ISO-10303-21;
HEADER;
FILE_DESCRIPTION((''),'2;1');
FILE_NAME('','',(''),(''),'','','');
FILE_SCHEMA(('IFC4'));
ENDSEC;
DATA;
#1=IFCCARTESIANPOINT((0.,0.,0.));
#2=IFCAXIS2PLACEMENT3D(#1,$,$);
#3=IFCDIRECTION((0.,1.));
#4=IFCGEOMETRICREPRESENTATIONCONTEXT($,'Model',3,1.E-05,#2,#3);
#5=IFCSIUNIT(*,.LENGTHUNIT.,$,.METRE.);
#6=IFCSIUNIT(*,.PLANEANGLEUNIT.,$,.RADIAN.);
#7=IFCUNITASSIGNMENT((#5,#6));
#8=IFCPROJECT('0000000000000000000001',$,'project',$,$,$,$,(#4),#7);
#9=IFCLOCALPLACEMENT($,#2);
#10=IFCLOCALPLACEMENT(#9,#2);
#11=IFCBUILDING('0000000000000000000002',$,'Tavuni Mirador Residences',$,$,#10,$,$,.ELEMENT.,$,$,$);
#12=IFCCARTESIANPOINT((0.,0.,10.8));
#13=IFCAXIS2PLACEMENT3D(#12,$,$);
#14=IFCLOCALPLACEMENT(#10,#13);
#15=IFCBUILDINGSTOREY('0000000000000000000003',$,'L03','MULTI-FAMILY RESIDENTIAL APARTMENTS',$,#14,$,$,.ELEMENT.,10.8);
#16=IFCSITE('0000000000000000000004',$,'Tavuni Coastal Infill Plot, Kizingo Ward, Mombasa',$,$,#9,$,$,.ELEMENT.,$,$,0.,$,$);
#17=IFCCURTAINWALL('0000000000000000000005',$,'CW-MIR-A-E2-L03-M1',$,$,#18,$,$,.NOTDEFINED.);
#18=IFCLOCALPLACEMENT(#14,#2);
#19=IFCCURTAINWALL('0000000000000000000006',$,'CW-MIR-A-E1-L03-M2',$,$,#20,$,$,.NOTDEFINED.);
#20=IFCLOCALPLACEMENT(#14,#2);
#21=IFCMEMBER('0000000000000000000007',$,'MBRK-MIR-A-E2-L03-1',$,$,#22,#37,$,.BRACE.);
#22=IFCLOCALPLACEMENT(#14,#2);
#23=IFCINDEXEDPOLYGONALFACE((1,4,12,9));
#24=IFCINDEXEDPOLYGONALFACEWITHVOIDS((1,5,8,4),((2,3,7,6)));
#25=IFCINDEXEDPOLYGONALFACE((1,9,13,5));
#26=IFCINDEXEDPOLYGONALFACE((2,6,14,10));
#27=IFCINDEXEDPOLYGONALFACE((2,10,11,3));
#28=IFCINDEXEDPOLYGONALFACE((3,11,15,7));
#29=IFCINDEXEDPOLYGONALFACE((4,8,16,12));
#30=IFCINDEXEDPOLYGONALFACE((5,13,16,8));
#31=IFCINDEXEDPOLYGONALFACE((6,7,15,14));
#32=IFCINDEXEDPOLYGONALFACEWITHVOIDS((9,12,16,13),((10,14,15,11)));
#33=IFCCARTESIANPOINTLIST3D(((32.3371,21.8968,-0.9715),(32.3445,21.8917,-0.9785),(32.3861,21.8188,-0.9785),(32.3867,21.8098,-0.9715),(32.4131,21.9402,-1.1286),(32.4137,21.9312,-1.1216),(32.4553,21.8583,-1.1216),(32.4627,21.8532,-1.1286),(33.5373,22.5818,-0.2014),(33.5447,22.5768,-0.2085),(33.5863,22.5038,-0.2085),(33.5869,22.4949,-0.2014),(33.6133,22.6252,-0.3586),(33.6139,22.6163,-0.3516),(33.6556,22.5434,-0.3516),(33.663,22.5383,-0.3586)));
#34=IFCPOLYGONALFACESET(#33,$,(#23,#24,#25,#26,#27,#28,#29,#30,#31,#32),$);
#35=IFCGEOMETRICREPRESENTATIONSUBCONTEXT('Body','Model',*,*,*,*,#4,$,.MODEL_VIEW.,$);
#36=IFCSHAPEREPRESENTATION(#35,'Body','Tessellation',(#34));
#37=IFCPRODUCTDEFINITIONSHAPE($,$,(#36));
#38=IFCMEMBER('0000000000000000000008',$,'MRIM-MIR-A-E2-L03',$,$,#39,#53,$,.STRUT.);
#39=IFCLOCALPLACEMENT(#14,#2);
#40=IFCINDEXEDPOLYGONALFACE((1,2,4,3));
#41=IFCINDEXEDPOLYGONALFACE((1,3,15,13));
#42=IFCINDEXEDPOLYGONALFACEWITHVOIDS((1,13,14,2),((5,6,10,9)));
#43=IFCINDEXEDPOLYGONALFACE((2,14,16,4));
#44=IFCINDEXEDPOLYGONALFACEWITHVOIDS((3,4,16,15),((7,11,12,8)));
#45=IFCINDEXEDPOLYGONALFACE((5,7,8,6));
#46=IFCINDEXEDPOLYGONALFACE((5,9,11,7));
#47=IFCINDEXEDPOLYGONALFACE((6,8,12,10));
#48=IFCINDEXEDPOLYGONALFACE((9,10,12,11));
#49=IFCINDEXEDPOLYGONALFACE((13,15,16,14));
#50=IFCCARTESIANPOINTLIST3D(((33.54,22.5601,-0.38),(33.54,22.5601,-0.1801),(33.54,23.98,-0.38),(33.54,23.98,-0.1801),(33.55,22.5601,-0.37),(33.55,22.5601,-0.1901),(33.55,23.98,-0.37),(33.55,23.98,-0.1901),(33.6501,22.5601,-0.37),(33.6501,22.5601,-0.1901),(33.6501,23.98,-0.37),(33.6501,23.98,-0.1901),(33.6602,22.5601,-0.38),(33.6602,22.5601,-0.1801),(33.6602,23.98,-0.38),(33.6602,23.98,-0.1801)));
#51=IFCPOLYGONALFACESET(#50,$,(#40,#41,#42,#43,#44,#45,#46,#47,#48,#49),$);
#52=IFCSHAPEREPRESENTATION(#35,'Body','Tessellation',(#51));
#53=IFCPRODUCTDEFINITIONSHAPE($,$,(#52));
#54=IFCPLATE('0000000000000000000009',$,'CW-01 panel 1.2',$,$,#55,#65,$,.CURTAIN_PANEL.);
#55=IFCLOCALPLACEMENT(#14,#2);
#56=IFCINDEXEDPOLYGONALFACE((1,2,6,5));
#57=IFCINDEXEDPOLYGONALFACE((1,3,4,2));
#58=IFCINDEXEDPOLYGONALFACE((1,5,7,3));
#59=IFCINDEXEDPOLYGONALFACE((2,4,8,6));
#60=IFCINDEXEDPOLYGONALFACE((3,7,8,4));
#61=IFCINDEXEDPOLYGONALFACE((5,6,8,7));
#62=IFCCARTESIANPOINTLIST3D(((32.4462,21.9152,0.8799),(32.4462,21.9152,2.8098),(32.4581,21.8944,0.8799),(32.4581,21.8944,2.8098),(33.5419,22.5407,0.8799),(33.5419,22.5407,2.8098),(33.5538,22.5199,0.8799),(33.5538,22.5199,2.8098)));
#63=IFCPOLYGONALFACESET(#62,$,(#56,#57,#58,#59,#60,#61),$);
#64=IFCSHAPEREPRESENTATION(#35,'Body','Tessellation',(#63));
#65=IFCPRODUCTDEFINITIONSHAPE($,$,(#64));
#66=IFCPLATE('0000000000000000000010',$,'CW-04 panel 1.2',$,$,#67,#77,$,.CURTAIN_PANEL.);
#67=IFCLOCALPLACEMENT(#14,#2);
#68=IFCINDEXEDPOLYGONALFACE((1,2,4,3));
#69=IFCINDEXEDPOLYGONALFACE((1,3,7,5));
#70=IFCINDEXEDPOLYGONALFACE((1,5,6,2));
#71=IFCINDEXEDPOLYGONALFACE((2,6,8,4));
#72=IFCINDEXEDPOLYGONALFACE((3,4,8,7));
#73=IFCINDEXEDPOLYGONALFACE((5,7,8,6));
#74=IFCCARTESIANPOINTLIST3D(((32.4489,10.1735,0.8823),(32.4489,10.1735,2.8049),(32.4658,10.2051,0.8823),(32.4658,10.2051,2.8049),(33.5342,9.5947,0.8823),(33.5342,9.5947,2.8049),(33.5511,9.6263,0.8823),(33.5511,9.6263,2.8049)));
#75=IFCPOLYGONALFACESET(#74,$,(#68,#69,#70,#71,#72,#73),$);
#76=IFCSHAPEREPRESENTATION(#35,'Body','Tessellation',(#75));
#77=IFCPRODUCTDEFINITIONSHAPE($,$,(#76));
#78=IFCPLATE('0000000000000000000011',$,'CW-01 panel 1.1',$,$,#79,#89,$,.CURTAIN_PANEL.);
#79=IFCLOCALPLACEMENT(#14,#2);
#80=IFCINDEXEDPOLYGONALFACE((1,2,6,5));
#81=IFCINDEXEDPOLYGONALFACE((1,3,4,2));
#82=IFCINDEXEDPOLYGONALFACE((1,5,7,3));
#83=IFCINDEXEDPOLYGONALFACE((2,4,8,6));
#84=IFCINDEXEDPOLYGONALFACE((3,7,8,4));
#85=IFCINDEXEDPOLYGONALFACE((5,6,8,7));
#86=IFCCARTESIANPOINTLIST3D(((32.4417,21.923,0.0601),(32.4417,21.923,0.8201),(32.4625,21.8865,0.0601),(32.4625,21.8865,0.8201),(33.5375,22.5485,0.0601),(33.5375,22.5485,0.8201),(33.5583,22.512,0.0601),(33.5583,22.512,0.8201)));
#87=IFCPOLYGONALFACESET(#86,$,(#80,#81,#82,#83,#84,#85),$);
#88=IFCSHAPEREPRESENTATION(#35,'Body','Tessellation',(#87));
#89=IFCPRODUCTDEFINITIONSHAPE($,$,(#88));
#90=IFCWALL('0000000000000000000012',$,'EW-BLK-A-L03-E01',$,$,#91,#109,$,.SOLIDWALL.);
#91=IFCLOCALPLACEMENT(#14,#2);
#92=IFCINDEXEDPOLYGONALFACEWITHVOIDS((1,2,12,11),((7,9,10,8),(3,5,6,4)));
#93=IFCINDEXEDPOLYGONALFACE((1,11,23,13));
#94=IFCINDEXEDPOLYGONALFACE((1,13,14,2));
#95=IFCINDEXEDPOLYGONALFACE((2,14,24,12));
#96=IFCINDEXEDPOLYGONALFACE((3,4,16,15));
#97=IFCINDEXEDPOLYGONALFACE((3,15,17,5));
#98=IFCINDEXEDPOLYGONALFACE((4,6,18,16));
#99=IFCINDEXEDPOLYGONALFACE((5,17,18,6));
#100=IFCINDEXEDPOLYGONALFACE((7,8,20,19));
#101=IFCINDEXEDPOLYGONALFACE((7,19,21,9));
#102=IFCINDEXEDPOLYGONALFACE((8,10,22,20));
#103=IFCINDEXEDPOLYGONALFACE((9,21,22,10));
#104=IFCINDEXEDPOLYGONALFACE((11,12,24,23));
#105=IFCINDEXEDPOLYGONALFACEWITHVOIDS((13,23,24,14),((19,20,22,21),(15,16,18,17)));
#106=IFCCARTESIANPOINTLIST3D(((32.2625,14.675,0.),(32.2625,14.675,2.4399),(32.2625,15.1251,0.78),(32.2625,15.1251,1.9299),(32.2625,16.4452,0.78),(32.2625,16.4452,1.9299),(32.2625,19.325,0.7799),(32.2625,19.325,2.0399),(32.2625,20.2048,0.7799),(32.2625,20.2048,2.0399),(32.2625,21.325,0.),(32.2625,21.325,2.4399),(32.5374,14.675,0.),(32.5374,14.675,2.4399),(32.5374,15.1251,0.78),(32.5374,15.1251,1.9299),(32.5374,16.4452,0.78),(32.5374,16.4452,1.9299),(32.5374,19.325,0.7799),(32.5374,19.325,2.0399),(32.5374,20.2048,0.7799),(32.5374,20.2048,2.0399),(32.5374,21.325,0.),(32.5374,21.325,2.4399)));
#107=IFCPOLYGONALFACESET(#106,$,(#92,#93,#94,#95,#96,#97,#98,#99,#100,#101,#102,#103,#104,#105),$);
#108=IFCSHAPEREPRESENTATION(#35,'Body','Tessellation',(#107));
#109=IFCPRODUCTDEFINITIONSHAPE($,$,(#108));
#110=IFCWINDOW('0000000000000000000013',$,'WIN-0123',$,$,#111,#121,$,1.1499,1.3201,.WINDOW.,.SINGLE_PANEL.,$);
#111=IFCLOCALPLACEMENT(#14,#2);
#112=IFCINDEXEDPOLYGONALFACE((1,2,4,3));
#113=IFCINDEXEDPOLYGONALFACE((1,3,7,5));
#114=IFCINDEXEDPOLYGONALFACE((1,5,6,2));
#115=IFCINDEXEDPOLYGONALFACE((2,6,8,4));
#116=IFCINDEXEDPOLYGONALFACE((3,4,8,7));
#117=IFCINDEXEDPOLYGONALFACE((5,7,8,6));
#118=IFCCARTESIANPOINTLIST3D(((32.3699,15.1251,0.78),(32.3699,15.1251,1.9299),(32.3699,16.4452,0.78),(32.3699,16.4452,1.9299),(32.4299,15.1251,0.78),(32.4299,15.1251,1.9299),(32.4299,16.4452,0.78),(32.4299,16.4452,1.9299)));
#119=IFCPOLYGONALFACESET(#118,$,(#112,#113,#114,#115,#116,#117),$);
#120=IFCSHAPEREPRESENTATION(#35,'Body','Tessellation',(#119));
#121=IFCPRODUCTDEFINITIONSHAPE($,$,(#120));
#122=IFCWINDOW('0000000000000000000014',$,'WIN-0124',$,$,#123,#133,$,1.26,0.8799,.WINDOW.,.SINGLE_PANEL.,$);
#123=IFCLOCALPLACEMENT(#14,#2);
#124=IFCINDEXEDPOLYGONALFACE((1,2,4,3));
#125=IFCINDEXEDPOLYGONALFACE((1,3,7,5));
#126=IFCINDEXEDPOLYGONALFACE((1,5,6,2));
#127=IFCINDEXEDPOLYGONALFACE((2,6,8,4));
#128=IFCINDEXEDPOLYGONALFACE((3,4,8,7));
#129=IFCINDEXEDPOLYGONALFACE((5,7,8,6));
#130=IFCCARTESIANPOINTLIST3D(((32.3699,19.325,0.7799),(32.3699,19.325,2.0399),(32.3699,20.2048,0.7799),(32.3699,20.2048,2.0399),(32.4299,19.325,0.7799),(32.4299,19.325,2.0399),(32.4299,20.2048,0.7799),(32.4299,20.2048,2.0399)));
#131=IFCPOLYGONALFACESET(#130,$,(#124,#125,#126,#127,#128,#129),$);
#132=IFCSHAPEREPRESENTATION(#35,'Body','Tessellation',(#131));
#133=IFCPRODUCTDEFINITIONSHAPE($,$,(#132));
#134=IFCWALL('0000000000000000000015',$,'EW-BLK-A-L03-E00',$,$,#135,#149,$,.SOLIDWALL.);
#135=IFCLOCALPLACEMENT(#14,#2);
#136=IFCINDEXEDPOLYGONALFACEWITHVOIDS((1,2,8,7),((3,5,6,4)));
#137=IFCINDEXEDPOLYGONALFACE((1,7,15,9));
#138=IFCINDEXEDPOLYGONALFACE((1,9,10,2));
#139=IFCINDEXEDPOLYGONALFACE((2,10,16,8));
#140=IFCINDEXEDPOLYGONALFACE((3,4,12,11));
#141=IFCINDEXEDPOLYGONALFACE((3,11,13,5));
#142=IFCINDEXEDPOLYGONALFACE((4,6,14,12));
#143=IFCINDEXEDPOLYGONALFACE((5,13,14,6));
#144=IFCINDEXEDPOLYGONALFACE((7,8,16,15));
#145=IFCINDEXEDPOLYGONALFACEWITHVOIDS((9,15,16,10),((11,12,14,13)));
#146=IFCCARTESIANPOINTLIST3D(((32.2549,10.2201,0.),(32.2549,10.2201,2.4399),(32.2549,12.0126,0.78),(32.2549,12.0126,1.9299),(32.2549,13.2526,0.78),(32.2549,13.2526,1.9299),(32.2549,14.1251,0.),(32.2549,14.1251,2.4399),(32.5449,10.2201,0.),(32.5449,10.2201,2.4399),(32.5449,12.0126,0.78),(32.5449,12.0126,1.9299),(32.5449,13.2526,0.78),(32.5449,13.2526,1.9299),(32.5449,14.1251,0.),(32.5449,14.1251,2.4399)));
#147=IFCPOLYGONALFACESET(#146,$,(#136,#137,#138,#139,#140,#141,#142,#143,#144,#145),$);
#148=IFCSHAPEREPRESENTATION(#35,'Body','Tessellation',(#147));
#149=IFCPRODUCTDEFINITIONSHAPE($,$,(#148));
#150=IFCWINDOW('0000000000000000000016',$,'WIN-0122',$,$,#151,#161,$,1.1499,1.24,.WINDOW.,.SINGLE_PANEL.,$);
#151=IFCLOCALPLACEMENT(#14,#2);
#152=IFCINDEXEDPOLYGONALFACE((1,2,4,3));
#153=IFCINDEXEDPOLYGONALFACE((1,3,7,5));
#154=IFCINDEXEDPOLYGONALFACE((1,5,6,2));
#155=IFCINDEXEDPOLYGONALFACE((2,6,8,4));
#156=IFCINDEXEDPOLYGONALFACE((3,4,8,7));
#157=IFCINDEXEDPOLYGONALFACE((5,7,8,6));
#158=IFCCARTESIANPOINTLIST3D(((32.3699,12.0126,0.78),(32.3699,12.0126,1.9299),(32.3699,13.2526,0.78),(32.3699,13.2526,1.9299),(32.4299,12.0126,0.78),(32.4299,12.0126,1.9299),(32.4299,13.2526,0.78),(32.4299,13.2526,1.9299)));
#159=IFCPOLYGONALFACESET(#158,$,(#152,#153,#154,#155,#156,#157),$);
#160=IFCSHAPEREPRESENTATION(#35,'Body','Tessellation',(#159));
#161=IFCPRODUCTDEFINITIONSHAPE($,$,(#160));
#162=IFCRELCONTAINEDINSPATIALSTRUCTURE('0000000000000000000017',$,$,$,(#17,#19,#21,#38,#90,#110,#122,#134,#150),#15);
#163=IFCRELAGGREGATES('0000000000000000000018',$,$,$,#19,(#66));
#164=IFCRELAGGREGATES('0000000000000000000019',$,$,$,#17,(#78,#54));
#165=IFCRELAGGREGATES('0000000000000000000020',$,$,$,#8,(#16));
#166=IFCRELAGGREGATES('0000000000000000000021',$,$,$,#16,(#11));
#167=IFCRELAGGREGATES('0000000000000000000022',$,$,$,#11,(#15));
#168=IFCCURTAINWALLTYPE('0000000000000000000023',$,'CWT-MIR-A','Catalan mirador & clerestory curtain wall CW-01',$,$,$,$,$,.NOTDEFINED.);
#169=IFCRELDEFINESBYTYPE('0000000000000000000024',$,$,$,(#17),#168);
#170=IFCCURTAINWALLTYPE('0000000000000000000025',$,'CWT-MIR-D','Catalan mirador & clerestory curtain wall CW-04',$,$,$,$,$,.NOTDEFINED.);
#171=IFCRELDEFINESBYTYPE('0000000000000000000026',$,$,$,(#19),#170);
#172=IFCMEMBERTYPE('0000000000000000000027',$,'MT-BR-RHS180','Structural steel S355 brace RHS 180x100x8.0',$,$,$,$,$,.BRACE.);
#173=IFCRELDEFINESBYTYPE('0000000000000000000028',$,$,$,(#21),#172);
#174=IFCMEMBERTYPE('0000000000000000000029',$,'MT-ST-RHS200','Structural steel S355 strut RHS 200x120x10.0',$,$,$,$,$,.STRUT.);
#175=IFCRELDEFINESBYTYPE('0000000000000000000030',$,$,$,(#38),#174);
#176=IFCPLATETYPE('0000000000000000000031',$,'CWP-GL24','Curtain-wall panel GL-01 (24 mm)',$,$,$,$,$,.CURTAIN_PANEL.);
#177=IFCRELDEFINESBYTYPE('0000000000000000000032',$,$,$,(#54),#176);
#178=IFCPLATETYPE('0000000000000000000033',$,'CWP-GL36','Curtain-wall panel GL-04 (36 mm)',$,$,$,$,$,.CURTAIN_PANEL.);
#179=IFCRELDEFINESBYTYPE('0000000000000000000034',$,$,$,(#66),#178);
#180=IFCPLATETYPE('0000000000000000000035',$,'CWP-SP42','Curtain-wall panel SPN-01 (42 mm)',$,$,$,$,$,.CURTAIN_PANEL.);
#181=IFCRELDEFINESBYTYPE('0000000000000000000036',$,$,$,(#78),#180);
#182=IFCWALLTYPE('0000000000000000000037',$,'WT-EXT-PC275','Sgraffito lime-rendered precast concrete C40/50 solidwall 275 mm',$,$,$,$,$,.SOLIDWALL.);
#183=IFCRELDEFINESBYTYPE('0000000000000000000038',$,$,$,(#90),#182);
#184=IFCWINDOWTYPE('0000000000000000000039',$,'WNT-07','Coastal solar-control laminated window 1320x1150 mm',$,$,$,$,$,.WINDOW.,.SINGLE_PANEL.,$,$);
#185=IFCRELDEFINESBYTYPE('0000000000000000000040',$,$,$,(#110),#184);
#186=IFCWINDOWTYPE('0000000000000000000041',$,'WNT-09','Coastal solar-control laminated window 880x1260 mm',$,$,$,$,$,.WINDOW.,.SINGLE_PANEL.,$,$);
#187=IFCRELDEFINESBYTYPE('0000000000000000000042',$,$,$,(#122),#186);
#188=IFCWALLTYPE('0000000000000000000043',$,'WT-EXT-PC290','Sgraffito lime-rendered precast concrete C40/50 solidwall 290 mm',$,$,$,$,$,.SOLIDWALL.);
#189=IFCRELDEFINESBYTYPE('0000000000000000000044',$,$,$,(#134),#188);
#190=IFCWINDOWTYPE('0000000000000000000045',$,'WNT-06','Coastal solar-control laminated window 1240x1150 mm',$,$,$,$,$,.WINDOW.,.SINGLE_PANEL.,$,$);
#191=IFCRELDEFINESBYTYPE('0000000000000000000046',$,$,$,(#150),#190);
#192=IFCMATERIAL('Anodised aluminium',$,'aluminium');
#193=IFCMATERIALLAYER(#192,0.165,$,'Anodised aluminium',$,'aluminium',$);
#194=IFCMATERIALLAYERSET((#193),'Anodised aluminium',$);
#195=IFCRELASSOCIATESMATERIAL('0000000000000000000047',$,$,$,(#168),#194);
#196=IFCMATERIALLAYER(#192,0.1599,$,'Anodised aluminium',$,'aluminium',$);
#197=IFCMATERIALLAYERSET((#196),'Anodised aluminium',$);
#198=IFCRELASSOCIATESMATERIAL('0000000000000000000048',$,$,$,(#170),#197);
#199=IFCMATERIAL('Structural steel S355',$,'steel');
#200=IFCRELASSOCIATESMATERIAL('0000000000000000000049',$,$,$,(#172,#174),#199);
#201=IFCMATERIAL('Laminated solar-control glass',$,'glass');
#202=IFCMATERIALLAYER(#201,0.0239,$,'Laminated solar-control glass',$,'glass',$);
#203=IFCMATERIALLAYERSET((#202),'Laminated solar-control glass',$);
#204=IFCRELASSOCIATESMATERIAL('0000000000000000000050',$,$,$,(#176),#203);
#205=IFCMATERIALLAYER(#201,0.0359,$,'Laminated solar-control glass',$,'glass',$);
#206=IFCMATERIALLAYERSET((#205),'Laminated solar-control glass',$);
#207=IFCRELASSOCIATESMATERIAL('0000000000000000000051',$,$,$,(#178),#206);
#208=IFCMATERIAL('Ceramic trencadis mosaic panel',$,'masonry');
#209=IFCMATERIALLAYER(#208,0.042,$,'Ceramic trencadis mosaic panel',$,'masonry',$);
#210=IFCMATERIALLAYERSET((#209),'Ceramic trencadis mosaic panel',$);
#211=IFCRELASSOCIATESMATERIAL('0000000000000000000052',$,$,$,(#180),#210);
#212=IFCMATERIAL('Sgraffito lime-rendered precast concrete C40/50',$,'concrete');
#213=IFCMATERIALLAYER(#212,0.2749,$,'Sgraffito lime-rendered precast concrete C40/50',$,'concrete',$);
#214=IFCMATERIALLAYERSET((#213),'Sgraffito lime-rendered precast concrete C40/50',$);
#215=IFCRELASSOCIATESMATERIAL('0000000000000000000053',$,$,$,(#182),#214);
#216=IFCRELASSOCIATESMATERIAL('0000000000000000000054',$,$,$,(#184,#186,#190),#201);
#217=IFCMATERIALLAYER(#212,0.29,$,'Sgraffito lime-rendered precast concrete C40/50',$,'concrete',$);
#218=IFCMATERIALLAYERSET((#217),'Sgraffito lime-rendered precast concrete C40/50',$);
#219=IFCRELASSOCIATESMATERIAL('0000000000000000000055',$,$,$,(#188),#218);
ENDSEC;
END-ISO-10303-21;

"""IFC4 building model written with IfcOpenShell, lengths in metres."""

from ifc_helpers import new_model, si_unit, direction, frame, frame_2d, origin, origin_2d, place, context, subcontext, project, spatial, rectangle, hollow_rectangle, extrude, material, layer, layer_set, material_profile, profile_set, type_object, element, fill, aggregate, save


model = new_model("IFC4")

# Units and contexts
model_context = context("Model", 3, precision=1e-05, world=origin(), true_north=direction((0.0, 1.0)))
body_context = subcontext(model_context, "Body", "Model", "MODEL_VIEW")
ifc_project = project(units=[si_unit("LENGTHUNIT", "METRE"), si_unit("PLANEANGLEUNIT", "RADIAN")], contexts=[model_context])

# Site, building, storey
site_placement = place(None, origin())
site = spatial("IfcSite", under=ifc_project, at=site_placement, Name="Tavuni Coastal Infill Plot, Kizingo Ward, Mombasa", CompositionType="ELEMENT", RefElevation=0.0)
building_placement = place(site_placement, origin())
building = spatial("IfcBuilding", under=site, at=building_placement, Name="Tavuni Mirador Residences", CompositionType="ELEMENT")
storey_placement = place(building_placement, frame((0.0, 0.0, 10.8)))
storey = spatial("IfcBuildingStorey", under=building, at=storey_placement, Name="L03", Description="MULTI-FAMILY RESIDENTIAL APARTMENTS", CompositionType="ELEMENT", Elevation=10.8)

# Curtain wall
ifc_material_1 = material(Name="Anodised aluminium", Category="aluminium")
ifc_layer_1 = layer(ifc_material_1, 0.165, Name="Anodised aluminium", Category="aluminium")
ifc_layer_set_1 = layer_set([ifc_layer_1], Name="Anodised aluminium")
curtain_wall_type_1 = type_object("IfcCurtainWallType", Name="CWT-MIR-A", Description="Catalan mirador & clerestory curtain wall CW-01", PredefinedType="NOTDEFINED", material=ifc_layer_set_1)
curtain_wall_1_placement = place(storey_placement, origin())
curtain_wall_1 = element("IfcCurtainWall", 1, at=curtain_wall_1_placement, inside=storey, type_object=curtain_wall_type_1, Name="CW-MIR-A-E2-L03-M1", PredefinedType="NOTDEFINED")

# Curtain wall
ifc_layer_2 = layer(ifc_material_1, 0.1599, Name="Anodised aluminium", Category="aluminium")
ifc_layer_set_2 = layer_set([ifc_layer_2], Name="Anodised aluminium")
curtain_wall_type_2 = type_object("IfcCurtainWallType", Name="CWT-MIR-D", Description="Catalan mirador & clerestory curtain wall CW-04", PredefinedType="NOTDEFINED", material=ifc_layer_set_2)
curtain_wall_2_placement = place(storey_placement, origin())
curtain_wall_2 = element("IfcCurtainWall", 2, at=curtain_wall_2_placement, inside=storey, type_object=curtain_wall_type_2, Name="CW-MIR-A-E1-L03-M2", PredefinedType="NOTDEFINED")

# Members
ifc_material_2 = material(Name="Structural steel S355", Category="steel")
ifc_material_profile_1 = material_profile(ifc_material_2, hollow_rectangle(XDim=0.1001, YDim=0.1799, WallThickness=0.0081, at=origin_2d()), Name="RHS 180x100x8.0", Category="steel")
ifc_profile_set_1 = profile_set([ifc_material_profile_1], Name="Structural steel S355")
member_type_1 = type_object("IfcMemberType", Name="MT-BR-RHS180", Description="Structural steel S355 brace RHS 180x100x8.0", PredefinedType="BRACE", material=ifc_profile_set_1)
member_1_placement = place(storey_placement, frame((32.3999, 21.875, -1.05), z_axis=(0.75866, 0.433035, 0.48674), x_axis=(-0.49572, 0.868482, 0.0)))
element("IfcMember", 3, at=member_1_placement, inside=storey, type_object=member_type_1, Name="MBRK-MIR-A-E2-L03-1", PredefinedType="BRACE", context=body_context, shape_type="SweptSolid", body=[
    extrude(hollow_rectangle(XDim=0.1001, YDim=0.1799, WallThickness=0.0081, at=origin_2d()), origin(), (0.0, 0.0, 1.0), 1.582),
])
ifc_material_profile_2 = material_profile(ifc_material_2, hollow_rectangle(XDim=0.1201, YDim=0.2, WallThickness=0.01, at=origin_2d()), Name="RHS 200x120x10.0", Category="steel")
ifc_profile_set_2 = profile_set([ifc_material_profile_2], Name="Structural steel S355")
member_type_2 = type_object("IfcMemberType", Name="MT-ST-RHS200", Description="Structural steel S355 strut RHS 200x120x10.0", PredefinedType="STRUT", material=ifc_profile_set_2)
member_2_placement = place(storey_placement, frame((33.6001, 22.5601, -0.28), z_axis=(0.0, 1.0, 0.0), x_axis=(-1.0, 0.0, 0.0)))
element("IfcMember", 4, at=member_2_placement, inside=storey, type_object=member_type_2, Name="MRIM-MIR-A-E2-L03", PredefinedType="STRUT", context=body_context, shape_type="SweptSolid", body=[
    extrude(hollow_rectangle(XDim=0.1201, YDim=0.2, WallThickness=0.01, at=origin_2d()), origin(), (0.0, 0.0, 1.0), 1.4199),
])

# Plates
ifc_material_3 = material(Name="Laminated solar-control glass", Category="glass")
ifc_layer_3 = layer(ifc_material_3, 0.0239, Name="Laminated solar-control glass", Category="glass")
ifc_layer_set_3 = layer_set([ifc_layer_3], Name="Laminated solar-control glass")
plate_type_1 = type_object("IfcPlateType", Name="CWP-GL24", Description="Curtain-wall panel GL-01 (24 mm)", PredefinedType="CURTAIN_PANEL", material=ifc_layer_set_3)
plate_1_placement = place(storey_placement, frame((33.0, 22.2175, 0.8799), z_axis=(0.0, 0.0, 1.0), x_axis=(0.868466, 0.495749, 0.0)))
plate_1 = element("IfcPlate", 5, at=plate_1_placement, type_object=plate_type_1, Name="CW-01 panel 1.2", PredefinedType="CURTAIN_PANEL", context=body_context, shape_type="SweptSolid", body=[
    extrude(rectangle(XDim=1.2617, YDim=0.0239, at=origin_2d()), origin(), (0.0, 0.0, 1.0), 1.9299),
])
ifc_layer_4 = layer(ifc_material_3, 0.0359, Name="Laminated solar-control glass", Category="glass")
ifc_layer_set_4 = layer_set([ifc_layer_4], Name="Laminated solar-control glass")
plate_type_2 = type_object("IfcPlateType", Name="CWP-GL36", Description="Curtain-wall panel GL-04 (36 mm)", PredefinedType="CURTAIN_PANEL", material=ifc_layer_set_4)
plate_2_placement = place(storey_placement, frame((33.0, 9.8999, 0.8823), z_axis=(0.0, 0.0, 1.0), x_axis=(-0.882353, 0.470588, 0.0)))
plate_2 = element("IfcPlate", 6, at=plate_2_placement, type_object=plate_type_2, Name="CW-04 panel 1.2", PredefinedType="CURTAIN_PANEL", context=body_context, shape_type="SweptSolid", body=[
    extrude(rectangle(XDim=1.23, YDim=0.0359, at=origin_2d()), origin(), (0.0, 0.0, 1.0), 1.9226),
])
aggregate(curtain_wall_2, [plate_2])
ifc_material_4 = material(Name="Ceramic trencadis mosaic panel", Category="masonry")
ifc_layer_5 = layer(ifc_material_4, 0.042, Name="Ceramic trencadis mosaic panel", Category="masonry")
ifc_layer_set_5 = layer_set([ifc_layer_5], Name="Ceramic trencadis mosaic panel")
plate_type_3 = type_object("IfcPlateType", Name="CWP-SP42", Description="Curtain-wall panel SPN-01 (42 mm)", PredefinedType="CURTAIN_PANEL", material=ifc_layer_set_5)
plate_3_placement = place(storey_placement, frame((33.0, 22.2175, 0.0601), z_axis=(0.0, 0.0, 1.0), x_axis=(0.868466, 0.495749, 0.0)))
plate_3 = element("IfcPlate", 7, at=plate_3_placement, type_object=plate_type_3, Name="CW-01 panel 1.1", PredefinedType="CURTAIN_PANEL", context=body_context, shape_type="SweptSolid", body=[
    extrude(rectangle(XDim=1.2617, YDim=0.042, at=origin_2d()), origin(), (0.0, 0.0, 1.0), 0.76),
])
aggregate(curtain_wall_1, [plate_3, plate_1])

# Wall, openings, windows
ifc_material_5 = material(Name="Sgraffito lime-rendered precast concrete C40/50", Category="concrete")
ifc_layer_6 = layer(ifc_material_5, 0.2749, Name="Sgraffito lime-rendered precast concrete C40/50", Category="concrete")
ifc_layer_set_6 = layer_set([ifc_layer_6], Name="Sgraffito lime-rendered precast concrete C40/50")
wall_type_1 = type_object("IfcWallType", Name="WT-EXT-PC275", Description="Sgraffito lime-rendered precast concrete C40/50 solidwall 275 mm", PredefinedType="SOLIDWALL", material=ifc_layer_set_6)
wall_1_placement = place(storey_placement, frame((32.3999, 14.675, 0.0), z_axis=(0.0, 0.0, 1.0), x_axis=(0.0, 1.0, 0.0)))
wall_1 = element("IfcWall", 8, at=wall_1_placement, inside=storey, type_object=wall_type_1, Name="EW-BLK-A-L03-E01", PredefinedType="SOLIDWALL", context=body_context, shape_type="SweptSolid", body=[
    extrude(rectangle(XDim=6.6499, YDim=0.2749, at=frame_2d((3.325, 0.0))), origin(), (0.0, 0.0, 1.0), 2.4399),
])
opening_1_placement = place(wall_1_placement, frame((0.45, 0.0, 0.78)))
opening_1 = element("IfcOpeningElement", 9, at=opening_1_placement, cuts=wall_1, PredefinedType="OPENING", context=body_context, shape_type="SweptSolid", body=[
    extrude(rectangle(XDim=1.3201, YDim=1.1499, at=frame_2d((0.6602, 0.575))), frame((0.0, 0.1475, 0.0), z_axis=(0.0, -1.0, 0.0), x_axis=(1.0, 0.0, 0.0)), (0.0, 0.0, 1.0), 0.2949),
])
opening_2_placement = place(wall_1_placement, frame((4.6499, 0.0, 0.78)))
opening_2 = element("IfcOpeningElement", 10, at=opening_2_placement, cuts=wall_1, PredefinedType="OPENING", context=body_context, shape_type="SweptSolid", body=[
    extrude(rectangle(XDim=0.8799, YDim=1.26, at=frame_2d((0.4399, 0.6299))), frame((0.0, 0.1475, 0.0), z_axis=(0.0, -1.0, 0.0), x_axis=(1.0, 0.0, 0.0)), (0.0, 0.0, 1.0), 0.2949),
])
window_type_1 = type_object("IfcWindowType", Name="WNT-07", Description="Coastal solar-control laminated window 1320x1150 mm", PartitioningType="SINGLE_PANEL", PredefinedType="WINDOW", material=ifc_material_3)
window_1_placement = place(opening_1_placement, origin())
window_1 = element("IfcWindow", 11, at=window_1_placement, inside=storey, type_object=window_type_1, Name="WIN-0123", OverallHeight=1.1499, OverallWidth=1.3201, PartitioningType="SINGLE_PANEL", PredefinedType="WINDOW", context=body_context, shape_type="SweptSolid", body=[
    extrude(rectangle(XDim=1.3201, YDim=1.1499, at=frame_2d((0.6602, 0.575))), frame((0.0, 0.03, 0.0), z_axis=(0.0, -1.0, 0.0), x_axis=(1.0, 0.0, 0.0)), (0.0, 0.0, 1.0), 0.0601),
])
fill(opening_1, window_1)
window_type_2 = type_object("IfcWindowType", Name="WNT-09", Description="Coastal solar-control laminated window 880x1260 mm", PartitioningType="SINGLE_PANEL", PredefinedType="WINDOW", material=ifc_material_3)
window_2_placement = place(opening_2_placement, origin())
window_2 = element("IfcWindow", 12, at=window_2_placement, inside=storey, type_object=window_type_2, Name="WIN-0124", OverallHeight=1.26, OverallWidth=0.8799, PartitioningType="SINGLE_PANEL", PredefinedType="WINDOW", context=body_context, shape_type="SweptSolid", body=[
    extrude(rectangle(XDim=0.8799, YDim=1.26, at=frame_2d((0.4399, 0.6299))), frame((0.0, 0.03, 0.0), z_axis=(0.0, -1.0, 0.0), x_axis=(1.0, 0.0, 0.0)), (0.0, 0.0, 1.0), 0.0601),
])
fill(opening_2, window_2)

# Wall, opening, window
ifc_layer_7 = layer(ifc_material_5, 0.29, Name="Sgraffito lime-rendered precast concrete C40/50", Category="concrete")
ifc_layer_set_7 = layer_set([ifc_layer_7], Name="Sgraffito lime-rendered precast concrete C40/50")
wall_type_2 = type_object("IfcWallType", Name="WT-EXT-PC290", Description="Sgraffito lime-rendered precast concrete C40/50 solidwall 290 mm", PredefinedType="SOLIDWALL", material=ifc_layer_set_7)
wall_2_placement = place(storey_placement, frame((32.3999, 10.22, 0.0), z_axis=(0.0, 0.0, 1.0), x_axis=(0.0, 1.0, 0.0)))
wall_2 = element("IfcWall", 13, at=wall_2_placement, inside=storey, type_object=wall_type_2, Name="EW-BLK-A-L03-E00", PredefinedType="SOLIDWALL", context=body_context, shape_type="SweptSolid", body=[
    extrude(rectangle(XDim=3.905, YDim=0.29, at=frame_2d((1.9526, 0.0))), origin(), (0.0, 0.0, 1.0), 2.4399),
])
opening_3_placement = place(wall_2_placement, frame((1.7925, 0.0, 0.78)))
opening_3 = element("IfcOpeningElement", 14, at=opening_3_placement, cuts=wall_2, PredefinedType="OPENING", context=body_context, shape_type="SweptSolid", body=[
    extrude(rectangle(XDim=1.24, YDim=1.1499, at=frame_2d((0.6201, 0.575))), frame((0.0, 0.155, 0.0), z_axis=(0.0, -1.0, 0.0), x_axis=(1.0, 0.0, 0.0)), (0.0, 0.0, 1.0), 0.3101),
])
window_type_3 = type_object("IfcWindowType", Name="WNT-06", Description="Coastal solar-control laminated window 1240x1150 mm", PartitioningType="SINGLE_PANEL", PredefinedType="WINDOW", material=ifc_material_3)
window_3_placement = place(opening_3_placement, origin())
window_3 = element("IfcWindow", 15, at=window_3_placement, inside=storey, type_object=window_type_3, Name="WIN-0122", OverallHeight=1.1499, OverallWidth=1.24, PartitioningType="SINGLE_PANEL", PredefinedType="WINDOW", context=body_context, shape_type="SweptSolid", body=[
    extrude(rectangle(XDim=1.24, YDim=1.1499, at=frame_2d((0.6201, 0.575))), frame((0.0, 0.03, 0.0), z_axis=(0.0, -1.0, 0.0), x_axis=(1.0, 0.0, 0.0)), (0.0, 0.0, 1.0), 0.0601),
])
fill(opening_3, window_3)

save(model, "model.ifc")
